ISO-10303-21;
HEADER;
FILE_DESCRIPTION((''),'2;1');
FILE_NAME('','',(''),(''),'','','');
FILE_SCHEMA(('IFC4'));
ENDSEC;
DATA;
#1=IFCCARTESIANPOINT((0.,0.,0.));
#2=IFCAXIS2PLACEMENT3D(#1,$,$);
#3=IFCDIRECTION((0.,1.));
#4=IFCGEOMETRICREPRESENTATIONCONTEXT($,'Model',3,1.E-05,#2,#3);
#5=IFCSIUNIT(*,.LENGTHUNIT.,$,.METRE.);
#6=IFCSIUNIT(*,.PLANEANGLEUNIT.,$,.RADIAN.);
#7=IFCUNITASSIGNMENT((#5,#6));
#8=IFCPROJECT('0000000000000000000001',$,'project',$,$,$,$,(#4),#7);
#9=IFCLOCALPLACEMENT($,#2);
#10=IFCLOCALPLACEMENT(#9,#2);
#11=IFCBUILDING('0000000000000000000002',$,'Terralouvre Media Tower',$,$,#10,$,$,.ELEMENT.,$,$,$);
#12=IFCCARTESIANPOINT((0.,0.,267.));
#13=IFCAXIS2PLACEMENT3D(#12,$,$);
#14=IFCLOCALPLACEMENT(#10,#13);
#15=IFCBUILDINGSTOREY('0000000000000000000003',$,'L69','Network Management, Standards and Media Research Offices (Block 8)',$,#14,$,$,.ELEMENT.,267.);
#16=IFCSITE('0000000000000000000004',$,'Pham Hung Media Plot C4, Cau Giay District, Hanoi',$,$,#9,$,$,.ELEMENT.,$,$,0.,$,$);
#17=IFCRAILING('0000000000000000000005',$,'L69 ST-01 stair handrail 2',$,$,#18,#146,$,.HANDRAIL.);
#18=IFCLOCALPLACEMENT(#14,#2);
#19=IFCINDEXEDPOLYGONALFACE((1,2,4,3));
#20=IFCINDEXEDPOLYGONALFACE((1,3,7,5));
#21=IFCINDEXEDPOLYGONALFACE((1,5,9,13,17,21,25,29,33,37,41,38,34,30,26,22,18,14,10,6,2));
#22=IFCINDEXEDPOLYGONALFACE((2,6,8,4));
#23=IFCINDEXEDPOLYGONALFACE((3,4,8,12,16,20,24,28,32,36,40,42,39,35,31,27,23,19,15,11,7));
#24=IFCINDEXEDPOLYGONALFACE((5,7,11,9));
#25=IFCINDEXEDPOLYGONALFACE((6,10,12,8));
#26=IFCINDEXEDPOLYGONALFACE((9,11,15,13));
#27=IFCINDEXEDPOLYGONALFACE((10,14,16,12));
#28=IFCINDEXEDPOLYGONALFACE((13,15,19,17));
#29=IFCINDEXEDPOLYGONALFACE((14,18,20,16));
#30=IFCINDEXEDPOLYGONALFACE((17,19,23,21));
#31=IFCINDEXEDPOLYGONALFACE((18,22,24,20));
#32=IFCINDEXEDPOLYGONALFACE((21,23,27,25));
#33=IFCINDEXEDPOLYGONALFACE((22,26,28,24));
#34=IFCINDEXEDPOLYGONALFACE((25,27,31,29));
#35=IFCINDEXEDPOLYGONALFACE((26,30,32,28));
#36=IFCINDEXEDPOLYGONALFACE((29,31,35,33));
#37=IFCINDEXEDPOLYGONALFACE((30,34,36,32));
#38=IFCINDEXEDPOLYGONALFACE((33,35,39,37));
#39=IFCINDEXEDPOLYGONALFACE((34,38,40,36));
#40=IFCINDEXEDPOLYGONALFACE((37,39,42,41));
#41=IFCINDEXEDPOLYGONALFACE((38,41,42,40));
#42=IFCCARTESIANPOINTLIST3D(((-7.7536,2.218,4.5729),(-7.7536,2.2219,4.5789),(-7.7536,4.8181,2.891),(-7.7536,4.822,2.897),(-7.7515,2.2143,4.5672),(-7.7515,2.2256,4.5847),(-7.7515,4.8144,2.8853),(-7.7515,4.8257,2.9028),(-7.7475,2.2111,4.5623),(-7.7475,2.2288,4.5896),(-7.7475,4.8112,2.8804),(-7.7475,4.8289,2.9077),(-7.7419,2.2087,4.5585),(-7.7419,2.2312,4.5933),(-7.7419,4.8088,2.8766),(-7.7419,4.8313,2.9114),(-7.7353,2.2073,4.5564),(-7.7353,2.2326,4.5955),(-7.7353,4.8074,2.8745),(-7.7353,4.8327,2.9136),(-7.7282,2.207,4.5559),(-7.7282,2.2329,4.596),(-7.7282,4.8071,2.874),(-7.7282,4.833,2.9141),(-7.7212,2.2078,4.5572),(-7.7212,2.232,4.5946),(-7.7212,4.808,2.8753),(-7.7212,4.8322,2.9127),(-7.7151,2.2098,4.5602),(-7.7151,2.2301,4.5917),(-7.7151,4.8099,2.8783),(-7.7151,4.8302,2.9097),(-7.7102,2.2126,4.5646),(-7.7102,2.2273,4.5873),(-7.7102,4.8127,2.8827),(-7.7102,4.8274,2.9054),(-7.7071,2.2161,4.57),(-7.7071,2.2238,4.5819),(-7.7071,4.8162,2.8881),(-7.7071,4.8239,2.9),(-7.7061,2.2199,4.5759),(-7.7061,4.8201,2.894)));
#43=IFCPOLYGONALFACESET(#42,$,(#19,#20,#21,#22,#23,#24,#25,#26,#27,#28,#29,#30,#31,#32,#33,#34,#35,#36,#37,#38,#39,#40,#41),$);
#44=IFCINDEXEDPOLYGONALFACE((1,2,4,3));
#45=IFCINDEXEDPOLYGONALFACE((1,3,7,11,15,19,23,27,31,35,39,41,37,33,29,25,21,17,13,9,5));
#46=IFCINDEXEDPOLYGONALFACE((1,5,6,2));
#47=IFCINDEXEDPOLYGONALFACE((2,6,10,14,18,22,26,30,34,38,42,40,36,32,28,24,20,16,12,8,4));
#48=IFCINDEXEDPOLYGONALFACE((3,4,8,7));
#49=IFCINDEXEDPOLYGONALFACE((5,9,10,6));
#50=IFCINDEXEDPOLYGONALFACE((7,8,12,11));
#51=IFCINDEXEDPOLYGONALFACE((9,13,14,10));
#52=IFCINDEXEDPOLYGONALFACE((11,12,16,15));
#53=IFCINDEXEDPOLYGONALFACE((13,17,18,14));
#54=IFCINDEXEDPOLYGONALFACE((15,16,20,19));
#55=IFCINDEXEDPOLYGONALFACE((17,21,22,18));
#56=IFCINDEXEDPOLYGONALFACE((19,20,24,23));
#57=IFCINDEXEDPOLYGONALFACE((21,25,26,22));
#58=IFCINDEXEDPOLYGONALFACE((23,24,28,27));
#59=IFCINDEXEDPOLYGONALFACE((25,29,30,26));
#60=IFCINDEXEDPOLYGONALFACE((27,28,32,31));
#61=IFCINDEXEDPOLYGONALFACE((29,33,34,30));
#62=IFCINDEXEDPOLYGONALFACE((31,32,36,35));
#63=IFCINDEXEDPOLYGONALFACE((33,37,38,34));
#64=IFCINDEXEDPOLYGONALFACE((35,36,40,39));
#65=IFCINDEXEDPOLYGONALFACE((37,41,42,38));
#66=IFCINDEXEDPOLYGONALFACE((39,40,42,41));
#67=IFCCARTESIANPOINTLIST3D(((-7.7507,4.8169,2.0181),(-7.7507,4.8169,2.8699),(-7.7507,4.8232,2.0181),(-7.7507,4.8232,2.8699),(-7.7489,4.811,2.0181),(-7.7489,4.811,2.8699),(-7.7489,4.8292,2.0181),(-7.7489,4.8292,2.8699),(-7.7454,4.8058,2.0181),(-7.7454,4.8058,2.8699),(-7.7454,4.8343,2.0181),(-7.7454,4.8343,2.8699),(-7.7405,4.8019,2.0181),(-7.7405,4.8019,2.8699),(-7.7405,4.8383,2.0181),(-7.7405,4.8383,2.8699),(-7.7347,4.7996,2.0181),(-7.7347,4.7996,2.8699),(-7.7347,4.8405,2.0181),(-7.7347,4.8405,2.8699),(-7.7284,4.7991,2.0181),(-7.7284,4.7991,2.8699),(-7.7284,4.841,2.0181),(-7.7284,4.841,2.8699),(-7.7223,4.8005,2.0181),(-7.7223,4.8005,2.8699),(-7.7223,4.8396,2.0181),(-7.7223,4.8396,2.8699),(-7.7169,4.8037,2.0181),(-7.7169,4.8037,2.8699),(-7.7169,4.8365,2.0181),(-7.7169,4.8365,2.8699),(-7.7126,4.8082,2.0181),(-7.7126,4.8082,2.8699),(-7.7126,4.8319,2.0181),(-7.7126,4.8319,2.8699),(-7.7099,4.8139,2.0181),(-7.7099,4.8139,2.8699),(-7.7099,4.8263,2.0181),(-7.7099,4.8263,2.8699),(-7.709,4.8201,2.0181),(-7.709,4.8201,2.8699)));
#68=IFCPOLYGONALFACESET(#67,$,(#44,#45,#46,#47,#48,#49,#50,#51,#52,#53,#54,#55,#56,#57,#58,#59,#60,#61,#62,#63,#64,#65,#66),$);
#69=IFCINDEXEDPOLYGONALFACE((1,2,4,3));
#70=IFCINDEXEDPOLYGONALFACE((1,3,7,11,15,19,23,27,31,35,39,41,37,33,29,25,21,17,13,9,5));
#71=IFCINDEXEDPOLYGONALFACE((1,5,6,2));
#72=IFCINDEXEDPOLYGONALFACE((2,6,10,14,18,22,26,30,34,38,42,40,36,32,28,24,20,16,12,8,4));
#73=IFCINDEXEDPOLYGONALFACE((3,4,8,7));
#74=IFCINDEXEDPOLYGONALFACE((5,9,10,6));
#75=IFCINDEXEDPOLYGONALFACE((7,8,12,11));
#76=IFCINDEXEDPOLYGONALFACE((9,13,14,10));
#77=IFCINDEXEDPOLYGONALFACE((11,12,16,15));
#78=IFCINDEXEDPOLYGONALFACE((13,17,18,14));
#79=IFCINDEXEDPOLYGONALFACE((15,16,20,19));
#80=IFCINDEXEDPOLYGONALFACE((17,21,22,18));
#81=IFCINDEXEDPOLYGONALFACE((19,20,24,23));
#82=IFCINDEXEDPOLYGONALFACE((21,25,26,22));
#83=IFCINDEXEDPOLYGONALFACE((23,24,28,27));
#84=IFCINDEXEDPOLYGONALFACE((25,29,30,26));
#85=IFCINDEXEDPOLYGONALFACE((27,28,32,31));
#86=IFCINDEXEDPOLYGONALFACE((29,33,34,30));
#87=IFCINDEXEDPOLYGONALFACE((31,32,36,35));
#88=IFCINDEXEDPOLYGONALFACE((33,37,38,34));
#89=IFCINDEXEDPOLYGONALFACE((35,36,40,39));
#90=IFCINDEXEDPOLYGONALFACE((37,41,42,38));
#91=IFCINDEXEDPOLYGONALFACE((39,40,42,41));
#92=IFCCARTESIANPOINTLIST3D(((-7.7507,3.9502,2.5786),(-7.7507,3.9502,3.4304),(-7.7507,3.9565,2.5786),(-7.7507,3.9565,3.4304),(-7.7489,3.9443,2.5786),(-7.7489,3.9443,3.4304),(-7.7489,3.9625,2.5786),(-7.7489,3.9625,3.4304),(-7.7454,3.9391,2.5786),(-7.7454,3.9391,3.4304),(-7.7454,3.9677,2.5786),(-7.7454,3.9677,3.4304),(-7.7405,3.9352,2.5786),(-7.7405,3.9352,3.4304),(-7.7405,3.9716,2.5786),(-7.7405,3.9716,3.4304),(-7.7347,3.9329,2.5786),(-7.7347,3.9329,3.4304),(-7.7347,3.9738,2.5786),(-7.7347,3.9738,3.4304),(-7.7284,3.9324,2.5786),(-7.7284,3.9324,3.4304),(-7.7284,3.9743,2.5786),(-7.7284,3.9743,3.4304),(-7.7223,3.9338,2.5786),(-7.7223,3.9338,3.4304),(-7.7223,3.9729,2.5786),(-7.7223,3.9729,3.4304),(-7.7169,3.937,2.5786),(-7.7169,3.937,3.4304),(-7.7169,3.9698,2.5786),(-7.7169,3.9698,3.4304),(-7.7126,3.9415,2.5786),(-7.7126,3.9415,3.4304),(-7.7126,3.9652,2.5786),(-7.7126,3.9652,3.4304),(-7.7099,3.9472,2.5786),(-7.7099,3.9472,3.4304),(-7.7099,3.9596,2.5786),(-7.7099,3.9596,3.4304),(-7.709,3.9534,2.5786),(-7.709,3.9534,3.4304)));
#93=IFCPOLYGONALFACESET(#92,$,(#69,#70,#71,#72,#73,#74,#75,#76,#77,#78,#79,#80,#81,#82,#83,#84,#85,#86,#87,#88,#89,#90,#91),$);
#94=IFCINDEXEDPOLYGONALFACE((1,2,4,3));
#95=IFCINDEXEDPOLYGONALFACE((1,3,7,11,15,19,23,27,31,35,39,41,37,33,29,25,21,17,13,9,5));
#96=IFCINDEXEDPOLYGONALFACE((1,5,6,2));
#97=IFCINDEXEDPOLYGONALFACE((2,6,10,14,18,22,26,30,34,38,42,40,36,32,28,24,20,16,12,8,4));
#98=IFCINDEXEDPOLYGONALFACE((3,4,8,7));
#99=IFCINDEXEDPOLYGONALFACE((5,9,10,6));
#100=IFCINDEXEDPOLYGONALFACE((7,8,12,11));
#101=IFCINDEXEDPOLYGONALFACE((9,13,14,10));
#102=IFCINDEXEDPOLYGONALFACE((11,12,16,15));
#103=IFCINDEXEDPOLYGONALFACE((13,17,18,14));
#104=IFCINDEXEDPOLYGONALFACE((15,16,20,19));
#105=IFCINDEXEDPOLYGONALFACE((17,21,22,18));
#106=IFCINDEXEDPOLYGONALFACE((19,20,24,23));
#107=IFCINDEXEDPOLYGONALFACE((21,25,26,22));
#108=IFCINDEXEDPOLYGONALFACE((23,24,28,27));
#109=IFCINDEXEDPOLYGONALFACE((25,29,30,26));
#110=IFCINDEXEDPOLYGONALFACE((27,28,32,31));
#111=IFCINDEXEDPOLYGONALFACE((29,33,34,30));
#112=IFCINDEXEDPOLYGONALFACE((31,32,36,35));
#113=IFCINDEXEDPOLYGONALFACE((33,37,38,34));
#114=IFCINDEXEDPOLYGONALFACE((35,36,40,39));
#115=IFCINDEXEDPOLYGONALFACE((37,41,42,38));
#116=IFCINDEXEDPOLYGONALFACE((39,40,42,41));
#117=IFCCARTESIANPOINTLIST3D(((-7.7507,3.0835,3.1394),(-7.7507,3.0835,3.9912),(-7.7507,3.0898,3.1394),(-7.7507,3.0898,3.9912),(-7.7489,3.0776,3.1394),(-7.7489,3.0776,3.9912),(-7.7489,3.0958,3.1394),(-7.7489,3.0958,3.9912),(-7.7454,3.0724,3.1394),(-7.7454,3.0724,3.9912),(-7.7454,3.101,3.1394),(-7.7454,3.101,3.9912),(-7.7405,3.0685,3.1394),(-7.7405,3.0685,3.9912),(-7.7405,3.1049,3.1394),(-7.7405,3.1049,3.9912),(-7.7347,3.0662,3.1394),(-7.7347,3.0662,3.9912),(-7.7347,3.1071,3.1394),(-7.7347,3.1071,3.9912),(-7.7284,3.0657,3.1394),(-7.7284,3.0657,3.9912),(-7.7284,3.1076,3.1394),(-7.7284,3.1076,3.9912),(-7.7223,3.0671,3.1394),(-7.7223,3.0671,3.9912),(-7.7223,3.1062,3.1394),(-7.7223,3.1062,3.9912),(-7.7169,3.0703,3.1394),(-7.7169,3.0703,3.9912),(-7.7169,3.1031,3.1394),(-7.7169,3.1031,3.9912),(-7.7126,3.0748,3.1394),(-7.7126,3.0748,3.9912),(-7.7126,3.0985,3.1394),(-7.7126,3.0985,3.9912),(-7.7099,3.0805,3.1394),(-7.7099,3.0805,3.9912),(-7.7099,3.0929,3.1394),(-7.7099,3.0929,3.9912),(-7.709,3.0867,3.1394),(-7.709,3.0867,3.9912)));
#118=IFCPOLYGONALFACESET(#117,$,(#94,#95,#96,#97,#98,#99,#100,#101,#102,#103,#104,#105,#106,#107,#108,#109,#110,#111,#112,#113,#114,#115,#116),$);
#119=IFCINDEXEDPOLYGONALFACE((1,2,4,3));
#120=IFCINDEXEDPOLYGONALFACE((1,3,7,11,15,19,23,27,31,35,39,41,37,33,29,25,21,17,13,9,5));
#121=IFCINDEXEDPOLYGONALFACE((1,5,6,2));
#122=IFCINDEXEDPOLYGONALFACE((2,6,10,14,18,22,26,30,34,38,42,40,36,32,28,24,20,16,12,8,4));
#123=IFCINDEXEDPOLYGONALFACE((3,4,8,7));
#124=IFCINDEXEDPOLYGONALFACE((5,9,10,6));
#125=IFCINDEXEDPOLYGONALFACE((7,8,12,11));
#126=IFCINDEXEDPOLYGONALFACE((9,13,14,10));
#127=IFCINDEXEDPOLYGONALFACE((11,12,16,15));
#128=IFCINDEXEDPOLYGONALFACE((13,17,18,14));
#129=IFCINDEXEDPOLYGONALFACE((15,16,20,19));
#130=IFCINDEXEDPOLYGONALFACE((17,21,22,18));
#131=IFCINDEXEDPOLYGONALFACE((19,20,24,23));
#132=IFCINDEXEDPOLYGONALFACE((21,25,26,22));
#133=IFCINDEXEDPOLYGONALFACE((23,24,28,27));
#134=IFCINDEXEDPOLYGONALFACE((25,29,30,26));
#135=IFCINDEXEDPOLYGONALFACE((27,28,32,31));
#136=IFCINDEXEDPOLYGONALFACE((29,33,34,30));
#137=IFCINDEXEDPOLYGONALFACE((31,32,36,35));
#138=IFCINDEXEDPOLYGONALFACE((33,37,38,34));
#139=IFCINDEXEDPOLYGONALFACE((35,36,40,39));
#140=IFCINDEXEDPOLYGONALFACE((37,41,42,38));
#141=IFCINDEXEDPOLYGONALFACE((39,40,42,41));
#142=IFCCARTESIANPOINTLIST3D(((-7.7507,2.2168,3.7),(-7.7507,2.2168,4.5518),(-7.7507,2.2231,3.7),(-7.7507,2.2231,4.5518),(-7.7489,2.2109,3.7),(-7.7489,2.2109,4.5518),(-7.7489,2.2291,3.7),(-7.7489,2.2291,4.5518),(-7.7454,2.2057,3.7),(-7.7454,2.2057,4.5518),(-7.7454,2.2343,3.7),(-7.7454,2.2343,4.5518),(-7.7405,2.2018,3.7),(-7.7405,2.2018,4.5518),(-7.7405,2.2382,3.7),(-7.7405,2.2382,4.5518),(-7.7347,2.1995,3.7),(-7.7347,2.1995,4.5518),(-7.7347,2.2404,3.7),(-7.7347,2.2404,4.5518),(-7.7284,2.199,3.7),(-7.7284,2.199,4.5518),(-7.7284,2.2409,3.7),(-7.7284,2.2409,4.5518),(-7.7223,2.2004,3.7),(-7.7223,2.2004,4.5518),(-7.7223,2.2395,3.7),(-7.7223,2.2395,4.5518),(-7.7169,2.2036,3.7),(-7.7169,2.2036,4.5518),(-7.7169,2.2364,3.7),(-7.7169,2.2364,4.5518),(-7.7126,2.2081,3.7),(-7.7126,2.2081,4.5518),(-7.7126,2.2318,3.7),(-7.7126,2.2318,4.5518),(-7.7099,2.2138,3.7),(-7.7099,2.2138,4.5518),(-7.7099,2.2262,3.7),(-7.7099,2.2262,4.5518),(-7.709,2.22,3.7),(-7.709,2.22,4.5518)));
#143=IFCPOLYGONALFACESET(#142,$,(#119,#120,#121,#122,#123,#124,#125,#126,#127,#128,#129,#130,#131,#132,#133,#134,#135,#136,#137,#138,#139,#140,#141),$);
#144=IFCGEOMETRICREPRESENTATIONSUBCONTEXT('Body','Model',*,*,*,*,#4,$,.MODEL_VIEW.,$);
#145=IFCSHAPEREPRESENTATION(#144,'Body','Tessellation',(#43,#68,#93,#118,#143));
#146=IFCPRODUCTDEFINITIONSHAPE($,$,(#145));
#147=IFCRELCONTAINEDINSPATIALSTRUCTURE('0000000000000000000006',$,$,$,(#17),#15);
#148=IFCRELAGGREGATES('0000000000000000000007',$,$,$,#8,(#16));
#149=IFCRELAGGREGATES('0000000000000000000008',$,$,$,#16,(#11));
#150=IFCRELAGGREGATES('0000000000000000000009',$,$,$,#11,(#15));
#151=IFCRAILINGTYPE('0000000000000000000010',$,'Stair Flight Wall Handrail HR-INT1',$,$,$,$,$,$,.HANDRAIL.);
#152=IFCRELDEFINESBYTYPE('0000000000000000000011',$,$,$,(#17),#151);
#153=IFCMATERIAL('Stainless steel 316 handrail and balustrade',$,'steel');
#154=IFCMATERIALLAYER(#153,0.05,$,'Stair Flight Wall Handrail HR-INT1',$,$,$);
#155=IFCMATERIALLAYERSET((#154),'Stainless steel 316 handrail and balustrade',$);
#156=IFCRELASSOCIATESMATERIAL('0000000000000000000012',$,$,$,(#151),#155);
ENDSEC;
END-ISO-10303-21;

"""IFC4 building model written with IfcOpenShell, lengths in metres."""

from ifc_helpers import new_model, si_unit, direction, frame, origin, origin_2d, place, context, subcontext, project, spatial, circle, extrude, material, layer, layer_set, type_object, element, save


model = new_model("IFC4")

# Units and contexts
model_context = context("Model", 3, precision=1e-05, world=origin(), true_north=direction((0.0, 1.0)))
body_context = subcontext(model_context, "Body", "Model", "MODEL_VIEW")
ifc_project = project(units=[si_unit("LENGTHUNIT", "METRE"), si_unit("PLANEANGLEUNIT", "RADIAN")], contexts=[model_context])

# Site, building, storey
site_placement = place(None, origin())
site = spatial("IfcSite", under=ifc_project, at=site_placement, Name="Pham Hung Media Plot C4, Cau Giay District, Hanoi", CompositionType="ELEMENT", RefElevation=0.0)
building_placement = place(site_placement, origin())
building = spatial("IfcBuilding", under=site, at=building_placement, Name="Terralouvre Media Tower", CompositionType="ELEMENT")
storey_placement = place(building_placement, frame((0.0, 0.0, 267.0)))
storey = spatial("IfcBuildingStorey", under=building, at=storey_placement, Name="L69", Description="Network Management, Standards and Media Research Offices (Block 8)", CompositionType="ELEMENT", Elevation=267.0)

# Railing
ifc_material_1 = material(Name="Stainless steel 316 handrail and balustrade", Category="steel")
ifc_layer_1 = layer(ifc_material_1, 0.05, Name="Stair Flight Wall Handrail HR-INT1")
ifc_layer_set_1 = layer_set([ifc_layer_1], Name="Stainless steel 316 handrail and balustrade")
railing_type_1 = type_object("IfcRailingType", Name="Stair Flight Wall Handrail HR-INT1", PredefinedType="HANDRAIL", material=ifc_layer_set_1)
railing_1_placement = place(storey_placement, frame((-7.73, 4.8201, 2.0181)))
element("IfcRailing", 1, at=railing_1_placement, inside=storey, type_object=railing_type_1, Name="L69 ST-01 stair handrail 2", PredefinedType="HANDRAIL", context=body_context, shape_type="SweptSolid", body=[
    extrude(circle(Radius=0.0239, at=origin_2d()), frame((0.0, 0.0, 0.876), z_axis=(0.0, -0.839648, 0.54313), x_axis=(1.0, 0.0, 0.0)), (0.0, 0.0, 1.0), 3.0967),
    extrude(circle(Radius=0.021, at=origin_2d()), origin(), (0.0, 0.0, 1.0), 0.8518),
    extrude(circle(Radius=0.021, at=origin_2d()), frame((0.0, -0.8667, 0.5605)), (0.0, 0.0, 1.0), 0.8518),
    extrude(circle(Radius=0.021, at=origin_2d()), frame((0.0, -1.7334, 1.1213)), (0.0, 0.0, 1.0), 0.8518),
    extrude(circle(Radius=0.021, at=origin_2d()), frame((0.0, -2.6001, 1.6819)), (0.0, 0.0, 1.0), 0.8518),
])

save(model, "model.ifc")
